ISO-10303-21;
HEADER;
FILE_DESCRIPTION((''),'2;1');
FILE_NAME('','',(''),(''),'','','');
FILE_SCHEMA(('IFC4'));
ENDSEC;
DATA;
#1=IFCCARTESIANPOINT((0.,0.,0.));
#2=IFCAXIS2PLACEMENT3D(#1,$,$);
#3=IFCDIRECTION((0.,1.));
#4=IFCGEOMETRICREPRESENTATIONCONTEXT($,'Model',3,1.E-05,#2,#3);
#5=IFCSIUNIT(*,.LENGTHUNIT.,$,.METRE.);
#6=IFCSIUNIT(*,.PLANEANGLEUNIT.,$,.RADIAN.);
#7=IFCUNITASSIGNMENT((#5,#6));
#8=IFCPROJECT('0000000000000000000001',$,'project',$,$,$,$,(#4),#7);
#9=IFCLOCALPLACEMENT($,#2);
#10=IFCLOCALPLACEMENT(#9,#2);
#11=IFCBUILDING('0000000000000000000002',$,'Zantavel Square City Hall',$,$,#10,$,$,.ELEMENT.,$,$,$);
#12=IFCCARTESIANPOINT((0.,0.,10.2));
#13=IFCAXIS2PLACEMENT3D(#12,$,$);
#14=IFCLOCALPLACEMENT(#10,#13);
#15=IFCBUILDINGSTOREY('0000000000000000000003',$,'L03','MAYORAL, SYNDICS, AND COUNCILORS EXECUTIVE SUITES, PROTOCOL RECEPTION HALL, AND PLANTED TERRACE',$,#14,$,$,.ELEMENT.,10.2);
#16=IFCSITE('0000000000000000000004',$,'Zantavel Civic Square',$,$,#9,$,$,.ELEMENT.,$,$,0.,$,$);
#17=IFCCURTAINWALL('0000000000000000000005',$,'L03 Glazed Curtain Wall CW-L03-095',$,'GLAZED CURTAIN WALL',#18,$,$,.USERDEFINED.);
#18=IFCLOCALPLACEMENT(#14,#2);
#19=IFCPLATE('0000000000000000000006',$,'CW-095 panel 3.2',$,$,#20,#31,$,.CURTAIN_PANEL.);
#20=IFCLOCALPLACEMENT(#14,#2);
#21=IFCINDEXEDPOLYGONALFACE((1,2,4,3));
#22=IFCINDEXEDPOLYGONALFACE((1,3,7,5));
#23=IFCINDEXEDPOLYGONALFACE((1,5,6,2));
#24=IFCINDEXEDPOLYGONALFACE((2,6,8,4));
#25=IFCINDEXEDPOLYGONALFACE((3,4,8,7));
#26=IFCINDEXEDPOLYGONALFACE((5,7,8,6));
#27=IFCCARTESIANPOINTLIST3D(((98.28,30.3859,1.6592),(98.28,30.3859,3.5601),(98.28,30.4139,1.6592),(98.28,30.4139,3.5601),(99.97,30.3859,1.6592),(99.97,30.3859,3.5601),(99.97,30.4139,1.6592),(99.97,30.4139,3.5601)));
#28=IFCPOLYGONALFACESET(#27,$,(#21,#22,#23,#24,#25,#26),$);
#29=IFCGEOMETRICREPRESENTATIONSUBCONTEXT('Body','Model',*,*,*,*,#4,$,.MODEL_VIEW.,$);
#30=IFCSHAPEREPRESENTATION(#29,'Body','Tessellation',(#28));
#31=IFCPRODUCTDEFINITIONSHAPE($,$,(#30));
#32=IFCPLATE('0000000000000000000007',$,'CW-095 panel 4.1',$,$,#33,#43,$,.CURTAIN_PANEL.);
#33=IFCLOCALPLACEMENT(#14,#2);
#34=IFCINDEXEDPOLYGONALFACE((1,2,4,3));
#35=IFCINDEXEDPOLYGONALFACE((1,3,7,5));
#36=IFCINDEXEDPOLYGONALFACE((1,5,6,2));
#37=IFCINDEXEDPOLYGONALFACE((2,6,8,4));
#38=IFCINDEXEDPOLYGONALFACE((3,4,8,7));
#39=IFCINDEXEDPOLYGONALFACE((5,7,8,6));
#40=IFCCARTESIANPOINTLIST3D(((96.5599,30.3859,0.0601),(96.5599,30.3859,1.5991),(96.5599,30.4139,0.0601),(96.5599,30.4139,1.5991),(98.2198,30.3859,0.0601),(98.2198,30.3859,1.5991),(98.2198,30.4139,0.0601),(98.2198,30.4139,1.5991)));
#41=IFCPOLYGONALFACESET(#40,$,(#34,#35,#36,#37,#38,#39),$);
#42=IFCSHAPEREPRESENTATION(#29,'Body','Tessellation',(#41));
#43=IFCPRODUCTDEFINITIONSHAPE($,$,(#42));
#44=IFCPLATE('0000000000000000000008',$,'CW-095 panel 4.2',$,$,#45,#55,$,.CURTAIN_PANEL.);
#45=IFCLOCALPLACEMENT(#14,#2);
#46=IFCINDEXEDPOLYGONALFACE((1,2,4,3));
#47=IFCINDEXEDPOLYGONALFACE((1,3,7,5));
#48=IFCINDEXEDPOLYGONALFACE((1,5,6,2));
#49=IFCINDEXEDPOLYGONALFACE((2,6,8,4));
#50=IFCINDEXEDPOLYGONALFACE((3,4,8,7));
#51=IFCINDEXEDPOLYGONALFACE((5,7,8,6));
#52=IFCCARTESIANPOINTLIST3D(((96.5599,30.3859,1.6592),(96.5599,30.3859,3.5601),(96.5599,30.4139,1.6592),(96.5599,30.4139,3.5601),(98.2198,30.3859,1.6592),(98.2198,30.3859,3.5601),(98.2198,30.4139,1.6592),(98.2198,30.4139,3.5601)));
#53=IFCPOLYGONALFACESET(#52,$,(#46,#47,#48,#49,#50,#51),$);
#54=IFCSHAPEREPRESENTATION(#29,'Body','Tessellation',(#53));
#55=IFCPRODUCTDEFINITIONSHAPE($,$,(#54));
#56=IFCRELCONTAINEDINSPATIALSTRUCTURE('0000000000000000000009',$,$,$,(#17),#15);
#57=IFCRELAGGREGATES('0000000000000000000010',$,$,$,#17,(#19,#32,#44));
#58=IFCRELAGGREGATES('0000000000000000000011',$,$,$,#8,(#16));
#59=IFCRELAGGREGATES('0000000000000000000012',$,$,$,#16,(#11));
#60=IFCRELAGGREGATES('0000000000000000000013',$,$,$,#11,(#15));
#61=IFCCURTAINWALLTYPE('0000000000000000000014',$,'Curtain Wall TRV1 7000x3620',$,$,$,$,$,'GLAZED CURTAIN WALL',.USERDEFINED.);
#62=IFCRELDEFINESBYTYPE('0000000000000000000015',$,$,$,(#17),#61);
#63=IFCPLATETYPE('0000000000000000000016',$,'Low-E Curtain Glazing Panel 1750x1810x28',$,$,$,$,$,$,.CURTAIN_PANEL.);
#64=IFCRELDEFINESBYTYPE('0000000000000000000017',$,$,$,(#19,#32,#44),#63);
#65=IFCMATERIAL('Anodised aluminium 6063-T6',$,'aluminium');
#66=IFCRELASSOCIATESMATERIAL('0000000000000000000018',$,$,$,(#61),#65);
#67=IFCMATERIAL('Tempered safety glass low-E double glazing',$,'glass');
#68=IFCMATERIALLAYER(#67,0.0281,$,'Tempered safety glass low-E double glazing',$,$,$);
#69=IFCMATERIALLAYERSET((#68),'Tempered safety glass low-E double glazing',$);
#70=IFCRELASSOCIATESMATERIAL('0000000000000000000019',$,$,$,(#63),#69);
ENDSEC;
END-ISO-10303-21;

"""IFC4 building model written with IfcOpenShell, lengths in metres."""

from ifc_helpers import new_model, si_unit, direction, frame, origin, origin_2d, place, context, subcontext, project, spatial, rectangle, extrude, material, layer, layer_set, type_object, element, aggregate, save


model = new_model("IFC4")

# Units and contexts
model_context = context("Model", 3, precision=1e-05, world=origin(), true_north=direction((0.0, 1.0)))
body_context = subcontext(model_context, "Body", "Model", "MODEL_VIEW")
ifc_project = project(units=[si_unit("LENGTHUNIT", "METRE"), si_unit("PLANEANGLEUNIT", "RADIAN")], contexts=[model_context])

# Site, building, storey
site_placement = place(None, origin())
site = spatial("IfcSite", under=ifc_project, at=site_placement, Name="Zantavel Civic Square", CompositionType="ELEMENT", RefElevation=0.0)
building_placement = place(site_placement, origin())
building = spatial("IfcBuilding", under=site, at=building_placement, Name="Zantavel Square City Hall", CompositionType="ELEMENT")
storey_placement = place(building_placement, frame((0.0, 0.0, 10.2)))
storey = spatial("IfcBuildingStorey", under=building, at=storey_placement, Name="L03", Description="MAYORAL, SYNDICS, AND COUNCILORS EXECUTIVE SUITES, PROTOCOL RECEPTION HALL, AND PLANTED TERRACE", CompositionType="ELEMENT", Elevation=10.2)

# Curtain wall
ifc_material_1 = material(Name="Anodised aluminium 6063-T6", Category="aluminium")
curtain_wall_type = type_object("IfcCurtainWallType", Name="Curtain Wall TRV1 7000x3620", ElementType="GLAZED CURTAIN WALL", PredefinedType="USERDEFINED", material=ifc_material_1)
curtain_wall_placement = place(storey_placement, origin())
curtain_wall = element("IfcCurtainWall", 1, at=curtain_wall_placement, inside=storey, type_object=curtain_wall_type, Name="L03 Glazed Curtain Wall CW-L03-095", ObjectType="GLAZED CURTAIN WALL", PredefinedType="USERDEFINED")

# Plates
ifc_material_2 = material(Name="Tempered safety glass low-E double glazing", Category="glass")
ifc_layer = layer(ifc_material_2, 0.0281, Name="Tempered safety glass low-E double glazing")
ifc_layer_set = layer_set([ifc_layer], Name="Tempered safety glass low-E double glazing")
plate_type = type_object("IfcPlateType", Name="Low-E Curtain Glazing Panel 1750x1810x28", PredefinedType="CURTAIN_PANEL", material=ifc_layer_set)
plate_1_placement = place(storey_placement, frame((99.125, 30.3999, 1.6592), z_axis=(0.0, 0.0, 1.0), x_axis=(-1.0, 0.0, 0.0)))
plate_1 = element("IfcPlate", 2, at=plate_1_placement, type_object=plate_type, Name="CW-095 panel 3.2", PredefinedType="CURTAIN_PANEL", context=body_context, shape_type="SweptSolid", body=[
    extrude(rectangle(XDim=1.6899, YDim=0.0281, at=origin_2d()), origin(), (0.0, 0.0, 1.0), 1.9009),
])
plate_2_placement = place(storey_placement, frame((97.3899, 30.3999, 0.0601), z_axis=(0.0, 0.0, 1.0), x_axis=(-1.0, 0.0, 0.0)))
plate_2 = element("IfcPlate", 3, at=plate_2_placement, type_object=plate_type, Name="CW-095 panel 4.1", PredefinedType="CURTAIN_PANEL", context=body_context, shape_type="SweptSolid", body=[
    extrude(rectangle(XDim=1.6599, YDim=0.0281, at=origin_2d()), origin(), (0.0, 0.0, 1.0), 1.5391),
])
plate_3_placement = place(storey_placement, frame((97.3899, 30.3999, 1.6592), z_axis=(0.0, 0.0, 1.0), x_axis=(-1.0, 0.0, 0.0)))
plate_3 = element("IfcPlate", 4, at=plate_3_placement, type_object=plate_type, Name="CW-095 panel 4.2", PredefinedType="CURTAIN_PANEL", context=body_context, shape_type="SweptSolid", body=[
    extrude(rectangle(XDim=1.6599, YDim=0.0281, at=origin_2d()), origin(), (0.0, 0.0, 1.0), 1.9009),
])
aggregate(curtain_wall, [plate_1, plate_2, plate_3])

save(model, "model.ifc")
